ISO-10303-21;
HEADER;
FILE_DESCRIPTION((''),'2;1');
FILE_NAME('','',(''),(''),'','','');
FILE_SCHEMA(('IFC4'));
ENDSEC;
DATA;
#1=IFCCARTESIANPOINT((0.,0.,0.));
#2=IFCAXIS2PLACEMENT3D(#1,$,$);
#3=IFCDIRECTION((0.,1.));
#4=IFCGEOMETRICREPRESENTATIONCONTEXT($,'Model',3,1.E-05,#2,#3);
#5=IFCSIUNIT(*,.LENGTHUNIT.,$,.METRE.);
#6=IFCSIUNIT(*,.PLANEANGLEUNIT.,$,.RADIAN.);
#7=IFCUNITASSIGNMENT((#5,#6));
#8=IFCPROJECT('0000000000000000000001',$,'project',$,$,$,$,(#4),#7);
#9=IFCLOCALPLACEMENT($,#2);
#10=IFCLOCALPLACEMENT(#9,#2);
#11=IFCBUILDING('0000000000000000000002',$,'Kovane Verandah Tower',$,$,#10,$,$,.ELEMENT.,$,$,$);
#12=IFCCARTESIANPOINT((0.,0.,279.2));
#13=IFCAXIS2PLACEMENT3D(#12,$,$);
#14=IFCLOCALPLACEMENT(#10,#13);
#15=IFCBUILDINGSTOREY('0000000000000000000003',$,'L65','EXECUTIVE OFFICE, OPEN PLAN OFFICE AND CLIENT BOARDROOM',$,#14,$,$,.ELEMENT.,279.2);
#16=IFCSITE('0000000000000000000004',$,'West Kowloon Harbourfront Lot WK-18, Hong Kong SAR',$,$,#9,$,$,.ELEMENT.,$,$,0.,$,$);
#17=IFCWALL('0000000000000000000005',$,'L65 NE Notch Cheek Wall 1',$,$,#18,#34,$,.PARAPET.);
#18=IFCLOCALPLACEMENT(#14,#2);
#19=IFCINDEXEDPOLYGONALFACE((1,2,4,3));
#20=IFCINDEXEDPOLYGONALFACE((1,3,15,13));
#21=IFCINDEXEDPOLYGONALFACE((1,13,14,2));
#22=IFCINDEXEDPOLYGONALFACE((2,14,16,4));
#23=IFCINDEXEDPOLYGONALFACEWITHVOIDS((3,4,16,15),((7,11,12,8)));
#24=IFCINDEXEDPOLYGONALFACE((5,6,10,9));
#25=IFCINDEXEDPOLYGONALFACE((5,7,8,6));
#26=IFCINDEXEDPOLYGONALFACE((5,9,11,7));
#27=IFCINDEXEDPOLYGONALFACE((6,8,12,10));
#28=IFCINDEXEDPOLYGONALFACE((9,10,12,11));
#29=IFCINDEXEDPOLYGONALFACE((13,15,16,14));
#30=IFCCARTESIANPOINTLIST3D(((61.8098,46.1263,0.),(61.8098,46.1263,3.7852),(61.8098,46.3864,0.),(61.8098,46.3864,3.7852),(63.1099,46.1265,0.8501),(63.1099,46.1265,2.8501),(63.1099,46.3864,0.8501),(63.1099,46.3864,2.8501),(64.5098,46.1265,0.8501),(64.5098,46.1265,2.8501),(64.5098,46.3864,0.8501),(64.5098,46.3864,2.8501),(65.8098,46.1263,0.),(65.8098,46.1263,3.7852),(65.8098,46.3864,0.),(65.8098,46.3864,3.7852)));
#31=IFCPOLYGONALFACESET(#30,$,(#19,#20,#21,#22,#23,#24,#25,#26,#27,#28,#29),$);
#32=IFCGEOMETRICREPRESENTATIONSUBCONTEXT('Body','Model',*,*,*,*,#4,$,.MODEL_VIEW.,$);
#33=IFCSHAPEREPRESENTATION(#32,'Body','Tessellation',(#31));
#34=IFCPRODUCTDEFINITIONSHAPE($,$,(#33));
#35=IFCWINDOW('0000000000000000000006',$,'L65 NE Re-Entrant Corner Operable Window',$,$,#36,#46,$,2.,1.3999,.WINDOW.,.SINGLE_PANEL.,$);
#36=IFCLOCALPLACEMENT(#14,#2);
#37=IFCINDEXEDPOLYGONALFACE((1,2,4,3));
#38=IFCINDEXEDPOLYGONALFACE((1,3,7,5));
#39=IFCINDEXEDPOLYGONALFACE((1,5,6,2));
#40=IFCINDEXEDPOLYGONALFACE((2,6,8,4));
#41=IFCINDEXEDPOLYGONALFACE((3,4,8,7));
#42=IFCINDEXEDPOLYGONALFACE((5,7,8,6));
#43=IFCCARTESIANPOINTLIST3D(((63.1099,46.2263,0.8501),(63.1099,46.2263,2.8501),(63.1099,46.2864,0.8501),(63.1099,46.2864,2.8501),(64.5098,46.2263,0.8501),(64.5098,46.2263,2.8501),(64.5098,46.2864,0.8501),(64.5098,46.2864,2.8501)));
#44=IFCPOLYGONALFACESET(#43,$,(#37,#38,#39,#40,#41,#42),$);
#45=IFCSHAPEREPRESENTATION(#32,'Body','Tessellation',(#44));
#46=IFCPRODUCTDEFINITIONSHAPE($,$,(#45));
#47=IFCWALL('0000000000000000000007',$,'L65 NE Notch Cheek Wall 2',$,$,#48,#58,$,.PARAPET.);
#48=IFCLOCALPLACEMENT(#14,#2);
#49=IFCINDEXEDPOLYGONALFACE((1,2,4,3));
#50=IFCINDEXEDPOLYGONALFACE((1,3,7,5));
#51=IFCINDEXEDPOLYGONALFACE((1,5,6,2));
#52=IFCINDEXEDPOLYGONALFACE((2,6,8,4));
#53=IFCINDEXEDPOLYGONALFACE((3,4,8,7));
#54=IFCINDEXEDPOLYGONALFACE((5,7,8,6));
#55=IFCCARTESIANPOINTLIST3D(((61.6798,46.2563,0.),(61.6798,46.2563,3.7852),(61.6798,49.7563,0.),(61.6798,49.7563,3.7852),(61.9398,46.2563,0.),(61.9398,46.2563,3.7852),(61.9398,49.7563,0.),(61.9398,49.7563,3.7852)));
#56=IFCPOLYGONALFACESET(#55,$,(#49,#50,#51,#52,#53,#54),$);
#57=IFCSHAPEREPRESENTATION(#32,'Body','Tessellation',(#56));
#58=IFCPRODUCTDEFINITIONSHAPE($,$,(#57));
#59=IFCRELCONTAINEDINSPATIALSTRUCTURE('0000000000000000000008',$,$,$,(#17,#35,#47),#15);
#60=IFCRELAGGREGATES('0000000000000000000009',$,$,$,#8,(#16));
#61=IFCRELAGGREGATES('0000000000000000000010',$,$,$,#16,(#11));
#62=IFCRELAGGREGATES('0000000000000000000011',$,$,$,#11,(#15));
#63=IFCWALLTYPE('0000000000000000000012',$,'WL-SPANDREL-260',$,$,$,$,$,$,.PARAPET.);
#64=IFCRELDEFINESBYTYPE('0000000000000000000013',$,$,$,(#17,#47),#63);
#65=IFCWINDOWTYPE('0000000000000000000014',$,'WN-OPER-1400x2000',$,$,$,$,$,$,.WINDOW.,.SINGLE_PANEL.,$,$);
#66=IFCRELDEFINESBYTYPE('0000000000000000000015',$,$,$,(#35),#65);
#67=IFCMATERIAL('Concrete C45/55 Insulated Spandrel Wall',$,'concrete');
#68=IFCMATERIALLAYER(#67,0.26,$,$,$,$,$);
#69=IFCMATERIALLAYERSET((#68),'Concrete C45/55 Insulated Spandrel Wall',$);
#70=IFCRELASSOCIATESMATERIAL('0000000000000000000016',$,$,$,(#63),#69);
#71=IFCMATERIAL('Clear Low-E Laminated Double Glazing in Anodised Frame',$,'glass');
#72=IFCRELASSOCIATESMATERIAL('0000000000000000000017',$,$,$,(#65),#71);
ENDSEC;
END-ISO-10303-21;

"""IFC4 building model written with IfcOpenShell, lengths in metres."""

from ifc_helpers import new_model, si_unit, direction, frame, frame_2d, origin, place, context, subcontext, project, spatial, rectangle, extrude, material, layer, layer_set, type_object, element, fill, save


model = new_model("IFC4")

# Units and contexts
model_context = context("Model", 3, precision=1e-05, world=origin(), true_north=direction((0.0, 1.0)))
body_context = subcontext(model_context, "Body", "Model", "MODEL_VIEW")
ifc_project = project(units=[si_unit("LENGTHUNIT", "METRE"), si_unit("PLANEANGLEUNIT", "RADIAN")], contexts=[model_context])

# Site, building, storey
site_placement = place(None, origin())
site = spatial("IfcSite", under=ifc_project, at=site_placement, Name="West Kowloon Harbourfront Lot WK-18, Hong Kong SAR", CompositionType="ELEMENT", RefElevation=0.0)
building_placement = place(site_placement, origin())
building = spatial("IfcBuilding", under=site, at=building_placement, Name="Kovane Verandah Tower", CompositionType="ELEMENT")
storey_placement = place(building_placement, frame((0.0, 0.0, 279.2)))
storey = spatial("IfcBuildingStorey", under=building, at=storey_placement, Name="L65", Description="EXECUTIVE OFFICE, OPEN PLAN OFFICE AND CLIENT BOARDROOM", CompositionType="ELEMENT", Elevation=279.2)

# Wall, opening, window
ifc_material_1 = material(Name="Concrete C45/55 Insulated Spandrel Wall", Category="concrete")
ifc_layer_1 = layer(ifc_material_1, 0.26)
ifc_layer_set_1 = layer_set([ifc_layer_1], Name="Concrete C45/55 Insulated Spandrel Wall")
wall_type = type_object("IfcWallType", Name="WL-SPANDREL-260", PredefinedType="PARAPET", material=ifc_layer_set_1)
wall_1_placement = place(storey_placement, frame((65.8098, 46.2563, 0.0), z_axis=(0.0, 0.0, 1.0), x_axis=(-1.0, 0.0, 0.0)))
wall_1 = element("IfcWall", 1, at=wall_1_placement, inside=storey, type_object=wall_type, Name="L65 NE Notch Cheek Wall 1", PredefinedType="PARAPET", context=body_context, shape_type="SweptSolid", body=[
    extrude(rectangle(XDim=4.0, YDim=0.26, at=frame_2d((2.0, 0.0))), origin(), (0.0, 0.0, 1.0), 3.7852),
])
opening_placement = place(wall_1_placement, frame((1.3, 0.0, 0.8501)))
opening = element("IfcOpeningElement", 2, at=opening_placement, cuts=wall_1, PredefinedType="OPENING", context=body_context, shape_type="SweptSolid", body=[
    extrude(rectangle(XDim=1.3999, YDim=2.0, at=frame_2d((0.7, 1.0))), frame((0.0, 0.1299, 0.0), z_axis=(0.0, -1.0, 0.0), x_axis=(1.0, 0.0, 0.0)), (0.0, 0.0, 1.0), 0.26),
])
ifc_material_2 = material(Name="Clear Low-E Laminated Double Glazing in Anodised Frame", Category="glass")
window_type = type_object("IfcWindowType", Name="WN-OPER-1400x2000", PartitioningType="SINGLE_PANEL", PredefinedType="WINDOW", material=ifc_material_2)
window_placement = place(opening_placement, origin())
window = element("IfcWindow", 3, at=window_placement, inside=storey, type_object=window_type, Name="L65 NE Re-Entrant Corner Operable Window", OverallHeight=2.0, OverallWidth=1.3999, PartitioningType="SINGLE_PANEL", PredefinedType="WINDOW", context=body_context, shape_type="SweptSolid", body=[
    extrude(rectangle(XDim=1.3999, YDim=2.0, at=frame_2d((0.7, 1.0))), frame((0.0, 0.03, 0.0), z_axis=(0.0, -1.0, 0.0), x_axis=(1.0, 0.0, 0.0)), (0.0, 0.0, 1.0), 0.0601),
])
fill(opening, window)

# Wall
wall_2_placement = place(storey_placement, frame((61.8098, 46.2563, 0.0), z_axis=(0.0, 0.0, 1.0), x_axis=(0.0, 1.0, 0.0)))
element("IfcWall", 4, at=wall_2_placement, inside=storey, type_object=wall_type, Name="L65 NE Notch Cheek Wall 2", PredefinedType="PARAPET", context=body_context, shape_type="SweptSolid", body=[
    extrude(rectangle(XDim=3.5, YDim=0.26, at=frame_2d((1.75, 0.0))), origin(), (0.0, 0.0, 1.0), 3.7852),
])

save(model, "model.ifc")
